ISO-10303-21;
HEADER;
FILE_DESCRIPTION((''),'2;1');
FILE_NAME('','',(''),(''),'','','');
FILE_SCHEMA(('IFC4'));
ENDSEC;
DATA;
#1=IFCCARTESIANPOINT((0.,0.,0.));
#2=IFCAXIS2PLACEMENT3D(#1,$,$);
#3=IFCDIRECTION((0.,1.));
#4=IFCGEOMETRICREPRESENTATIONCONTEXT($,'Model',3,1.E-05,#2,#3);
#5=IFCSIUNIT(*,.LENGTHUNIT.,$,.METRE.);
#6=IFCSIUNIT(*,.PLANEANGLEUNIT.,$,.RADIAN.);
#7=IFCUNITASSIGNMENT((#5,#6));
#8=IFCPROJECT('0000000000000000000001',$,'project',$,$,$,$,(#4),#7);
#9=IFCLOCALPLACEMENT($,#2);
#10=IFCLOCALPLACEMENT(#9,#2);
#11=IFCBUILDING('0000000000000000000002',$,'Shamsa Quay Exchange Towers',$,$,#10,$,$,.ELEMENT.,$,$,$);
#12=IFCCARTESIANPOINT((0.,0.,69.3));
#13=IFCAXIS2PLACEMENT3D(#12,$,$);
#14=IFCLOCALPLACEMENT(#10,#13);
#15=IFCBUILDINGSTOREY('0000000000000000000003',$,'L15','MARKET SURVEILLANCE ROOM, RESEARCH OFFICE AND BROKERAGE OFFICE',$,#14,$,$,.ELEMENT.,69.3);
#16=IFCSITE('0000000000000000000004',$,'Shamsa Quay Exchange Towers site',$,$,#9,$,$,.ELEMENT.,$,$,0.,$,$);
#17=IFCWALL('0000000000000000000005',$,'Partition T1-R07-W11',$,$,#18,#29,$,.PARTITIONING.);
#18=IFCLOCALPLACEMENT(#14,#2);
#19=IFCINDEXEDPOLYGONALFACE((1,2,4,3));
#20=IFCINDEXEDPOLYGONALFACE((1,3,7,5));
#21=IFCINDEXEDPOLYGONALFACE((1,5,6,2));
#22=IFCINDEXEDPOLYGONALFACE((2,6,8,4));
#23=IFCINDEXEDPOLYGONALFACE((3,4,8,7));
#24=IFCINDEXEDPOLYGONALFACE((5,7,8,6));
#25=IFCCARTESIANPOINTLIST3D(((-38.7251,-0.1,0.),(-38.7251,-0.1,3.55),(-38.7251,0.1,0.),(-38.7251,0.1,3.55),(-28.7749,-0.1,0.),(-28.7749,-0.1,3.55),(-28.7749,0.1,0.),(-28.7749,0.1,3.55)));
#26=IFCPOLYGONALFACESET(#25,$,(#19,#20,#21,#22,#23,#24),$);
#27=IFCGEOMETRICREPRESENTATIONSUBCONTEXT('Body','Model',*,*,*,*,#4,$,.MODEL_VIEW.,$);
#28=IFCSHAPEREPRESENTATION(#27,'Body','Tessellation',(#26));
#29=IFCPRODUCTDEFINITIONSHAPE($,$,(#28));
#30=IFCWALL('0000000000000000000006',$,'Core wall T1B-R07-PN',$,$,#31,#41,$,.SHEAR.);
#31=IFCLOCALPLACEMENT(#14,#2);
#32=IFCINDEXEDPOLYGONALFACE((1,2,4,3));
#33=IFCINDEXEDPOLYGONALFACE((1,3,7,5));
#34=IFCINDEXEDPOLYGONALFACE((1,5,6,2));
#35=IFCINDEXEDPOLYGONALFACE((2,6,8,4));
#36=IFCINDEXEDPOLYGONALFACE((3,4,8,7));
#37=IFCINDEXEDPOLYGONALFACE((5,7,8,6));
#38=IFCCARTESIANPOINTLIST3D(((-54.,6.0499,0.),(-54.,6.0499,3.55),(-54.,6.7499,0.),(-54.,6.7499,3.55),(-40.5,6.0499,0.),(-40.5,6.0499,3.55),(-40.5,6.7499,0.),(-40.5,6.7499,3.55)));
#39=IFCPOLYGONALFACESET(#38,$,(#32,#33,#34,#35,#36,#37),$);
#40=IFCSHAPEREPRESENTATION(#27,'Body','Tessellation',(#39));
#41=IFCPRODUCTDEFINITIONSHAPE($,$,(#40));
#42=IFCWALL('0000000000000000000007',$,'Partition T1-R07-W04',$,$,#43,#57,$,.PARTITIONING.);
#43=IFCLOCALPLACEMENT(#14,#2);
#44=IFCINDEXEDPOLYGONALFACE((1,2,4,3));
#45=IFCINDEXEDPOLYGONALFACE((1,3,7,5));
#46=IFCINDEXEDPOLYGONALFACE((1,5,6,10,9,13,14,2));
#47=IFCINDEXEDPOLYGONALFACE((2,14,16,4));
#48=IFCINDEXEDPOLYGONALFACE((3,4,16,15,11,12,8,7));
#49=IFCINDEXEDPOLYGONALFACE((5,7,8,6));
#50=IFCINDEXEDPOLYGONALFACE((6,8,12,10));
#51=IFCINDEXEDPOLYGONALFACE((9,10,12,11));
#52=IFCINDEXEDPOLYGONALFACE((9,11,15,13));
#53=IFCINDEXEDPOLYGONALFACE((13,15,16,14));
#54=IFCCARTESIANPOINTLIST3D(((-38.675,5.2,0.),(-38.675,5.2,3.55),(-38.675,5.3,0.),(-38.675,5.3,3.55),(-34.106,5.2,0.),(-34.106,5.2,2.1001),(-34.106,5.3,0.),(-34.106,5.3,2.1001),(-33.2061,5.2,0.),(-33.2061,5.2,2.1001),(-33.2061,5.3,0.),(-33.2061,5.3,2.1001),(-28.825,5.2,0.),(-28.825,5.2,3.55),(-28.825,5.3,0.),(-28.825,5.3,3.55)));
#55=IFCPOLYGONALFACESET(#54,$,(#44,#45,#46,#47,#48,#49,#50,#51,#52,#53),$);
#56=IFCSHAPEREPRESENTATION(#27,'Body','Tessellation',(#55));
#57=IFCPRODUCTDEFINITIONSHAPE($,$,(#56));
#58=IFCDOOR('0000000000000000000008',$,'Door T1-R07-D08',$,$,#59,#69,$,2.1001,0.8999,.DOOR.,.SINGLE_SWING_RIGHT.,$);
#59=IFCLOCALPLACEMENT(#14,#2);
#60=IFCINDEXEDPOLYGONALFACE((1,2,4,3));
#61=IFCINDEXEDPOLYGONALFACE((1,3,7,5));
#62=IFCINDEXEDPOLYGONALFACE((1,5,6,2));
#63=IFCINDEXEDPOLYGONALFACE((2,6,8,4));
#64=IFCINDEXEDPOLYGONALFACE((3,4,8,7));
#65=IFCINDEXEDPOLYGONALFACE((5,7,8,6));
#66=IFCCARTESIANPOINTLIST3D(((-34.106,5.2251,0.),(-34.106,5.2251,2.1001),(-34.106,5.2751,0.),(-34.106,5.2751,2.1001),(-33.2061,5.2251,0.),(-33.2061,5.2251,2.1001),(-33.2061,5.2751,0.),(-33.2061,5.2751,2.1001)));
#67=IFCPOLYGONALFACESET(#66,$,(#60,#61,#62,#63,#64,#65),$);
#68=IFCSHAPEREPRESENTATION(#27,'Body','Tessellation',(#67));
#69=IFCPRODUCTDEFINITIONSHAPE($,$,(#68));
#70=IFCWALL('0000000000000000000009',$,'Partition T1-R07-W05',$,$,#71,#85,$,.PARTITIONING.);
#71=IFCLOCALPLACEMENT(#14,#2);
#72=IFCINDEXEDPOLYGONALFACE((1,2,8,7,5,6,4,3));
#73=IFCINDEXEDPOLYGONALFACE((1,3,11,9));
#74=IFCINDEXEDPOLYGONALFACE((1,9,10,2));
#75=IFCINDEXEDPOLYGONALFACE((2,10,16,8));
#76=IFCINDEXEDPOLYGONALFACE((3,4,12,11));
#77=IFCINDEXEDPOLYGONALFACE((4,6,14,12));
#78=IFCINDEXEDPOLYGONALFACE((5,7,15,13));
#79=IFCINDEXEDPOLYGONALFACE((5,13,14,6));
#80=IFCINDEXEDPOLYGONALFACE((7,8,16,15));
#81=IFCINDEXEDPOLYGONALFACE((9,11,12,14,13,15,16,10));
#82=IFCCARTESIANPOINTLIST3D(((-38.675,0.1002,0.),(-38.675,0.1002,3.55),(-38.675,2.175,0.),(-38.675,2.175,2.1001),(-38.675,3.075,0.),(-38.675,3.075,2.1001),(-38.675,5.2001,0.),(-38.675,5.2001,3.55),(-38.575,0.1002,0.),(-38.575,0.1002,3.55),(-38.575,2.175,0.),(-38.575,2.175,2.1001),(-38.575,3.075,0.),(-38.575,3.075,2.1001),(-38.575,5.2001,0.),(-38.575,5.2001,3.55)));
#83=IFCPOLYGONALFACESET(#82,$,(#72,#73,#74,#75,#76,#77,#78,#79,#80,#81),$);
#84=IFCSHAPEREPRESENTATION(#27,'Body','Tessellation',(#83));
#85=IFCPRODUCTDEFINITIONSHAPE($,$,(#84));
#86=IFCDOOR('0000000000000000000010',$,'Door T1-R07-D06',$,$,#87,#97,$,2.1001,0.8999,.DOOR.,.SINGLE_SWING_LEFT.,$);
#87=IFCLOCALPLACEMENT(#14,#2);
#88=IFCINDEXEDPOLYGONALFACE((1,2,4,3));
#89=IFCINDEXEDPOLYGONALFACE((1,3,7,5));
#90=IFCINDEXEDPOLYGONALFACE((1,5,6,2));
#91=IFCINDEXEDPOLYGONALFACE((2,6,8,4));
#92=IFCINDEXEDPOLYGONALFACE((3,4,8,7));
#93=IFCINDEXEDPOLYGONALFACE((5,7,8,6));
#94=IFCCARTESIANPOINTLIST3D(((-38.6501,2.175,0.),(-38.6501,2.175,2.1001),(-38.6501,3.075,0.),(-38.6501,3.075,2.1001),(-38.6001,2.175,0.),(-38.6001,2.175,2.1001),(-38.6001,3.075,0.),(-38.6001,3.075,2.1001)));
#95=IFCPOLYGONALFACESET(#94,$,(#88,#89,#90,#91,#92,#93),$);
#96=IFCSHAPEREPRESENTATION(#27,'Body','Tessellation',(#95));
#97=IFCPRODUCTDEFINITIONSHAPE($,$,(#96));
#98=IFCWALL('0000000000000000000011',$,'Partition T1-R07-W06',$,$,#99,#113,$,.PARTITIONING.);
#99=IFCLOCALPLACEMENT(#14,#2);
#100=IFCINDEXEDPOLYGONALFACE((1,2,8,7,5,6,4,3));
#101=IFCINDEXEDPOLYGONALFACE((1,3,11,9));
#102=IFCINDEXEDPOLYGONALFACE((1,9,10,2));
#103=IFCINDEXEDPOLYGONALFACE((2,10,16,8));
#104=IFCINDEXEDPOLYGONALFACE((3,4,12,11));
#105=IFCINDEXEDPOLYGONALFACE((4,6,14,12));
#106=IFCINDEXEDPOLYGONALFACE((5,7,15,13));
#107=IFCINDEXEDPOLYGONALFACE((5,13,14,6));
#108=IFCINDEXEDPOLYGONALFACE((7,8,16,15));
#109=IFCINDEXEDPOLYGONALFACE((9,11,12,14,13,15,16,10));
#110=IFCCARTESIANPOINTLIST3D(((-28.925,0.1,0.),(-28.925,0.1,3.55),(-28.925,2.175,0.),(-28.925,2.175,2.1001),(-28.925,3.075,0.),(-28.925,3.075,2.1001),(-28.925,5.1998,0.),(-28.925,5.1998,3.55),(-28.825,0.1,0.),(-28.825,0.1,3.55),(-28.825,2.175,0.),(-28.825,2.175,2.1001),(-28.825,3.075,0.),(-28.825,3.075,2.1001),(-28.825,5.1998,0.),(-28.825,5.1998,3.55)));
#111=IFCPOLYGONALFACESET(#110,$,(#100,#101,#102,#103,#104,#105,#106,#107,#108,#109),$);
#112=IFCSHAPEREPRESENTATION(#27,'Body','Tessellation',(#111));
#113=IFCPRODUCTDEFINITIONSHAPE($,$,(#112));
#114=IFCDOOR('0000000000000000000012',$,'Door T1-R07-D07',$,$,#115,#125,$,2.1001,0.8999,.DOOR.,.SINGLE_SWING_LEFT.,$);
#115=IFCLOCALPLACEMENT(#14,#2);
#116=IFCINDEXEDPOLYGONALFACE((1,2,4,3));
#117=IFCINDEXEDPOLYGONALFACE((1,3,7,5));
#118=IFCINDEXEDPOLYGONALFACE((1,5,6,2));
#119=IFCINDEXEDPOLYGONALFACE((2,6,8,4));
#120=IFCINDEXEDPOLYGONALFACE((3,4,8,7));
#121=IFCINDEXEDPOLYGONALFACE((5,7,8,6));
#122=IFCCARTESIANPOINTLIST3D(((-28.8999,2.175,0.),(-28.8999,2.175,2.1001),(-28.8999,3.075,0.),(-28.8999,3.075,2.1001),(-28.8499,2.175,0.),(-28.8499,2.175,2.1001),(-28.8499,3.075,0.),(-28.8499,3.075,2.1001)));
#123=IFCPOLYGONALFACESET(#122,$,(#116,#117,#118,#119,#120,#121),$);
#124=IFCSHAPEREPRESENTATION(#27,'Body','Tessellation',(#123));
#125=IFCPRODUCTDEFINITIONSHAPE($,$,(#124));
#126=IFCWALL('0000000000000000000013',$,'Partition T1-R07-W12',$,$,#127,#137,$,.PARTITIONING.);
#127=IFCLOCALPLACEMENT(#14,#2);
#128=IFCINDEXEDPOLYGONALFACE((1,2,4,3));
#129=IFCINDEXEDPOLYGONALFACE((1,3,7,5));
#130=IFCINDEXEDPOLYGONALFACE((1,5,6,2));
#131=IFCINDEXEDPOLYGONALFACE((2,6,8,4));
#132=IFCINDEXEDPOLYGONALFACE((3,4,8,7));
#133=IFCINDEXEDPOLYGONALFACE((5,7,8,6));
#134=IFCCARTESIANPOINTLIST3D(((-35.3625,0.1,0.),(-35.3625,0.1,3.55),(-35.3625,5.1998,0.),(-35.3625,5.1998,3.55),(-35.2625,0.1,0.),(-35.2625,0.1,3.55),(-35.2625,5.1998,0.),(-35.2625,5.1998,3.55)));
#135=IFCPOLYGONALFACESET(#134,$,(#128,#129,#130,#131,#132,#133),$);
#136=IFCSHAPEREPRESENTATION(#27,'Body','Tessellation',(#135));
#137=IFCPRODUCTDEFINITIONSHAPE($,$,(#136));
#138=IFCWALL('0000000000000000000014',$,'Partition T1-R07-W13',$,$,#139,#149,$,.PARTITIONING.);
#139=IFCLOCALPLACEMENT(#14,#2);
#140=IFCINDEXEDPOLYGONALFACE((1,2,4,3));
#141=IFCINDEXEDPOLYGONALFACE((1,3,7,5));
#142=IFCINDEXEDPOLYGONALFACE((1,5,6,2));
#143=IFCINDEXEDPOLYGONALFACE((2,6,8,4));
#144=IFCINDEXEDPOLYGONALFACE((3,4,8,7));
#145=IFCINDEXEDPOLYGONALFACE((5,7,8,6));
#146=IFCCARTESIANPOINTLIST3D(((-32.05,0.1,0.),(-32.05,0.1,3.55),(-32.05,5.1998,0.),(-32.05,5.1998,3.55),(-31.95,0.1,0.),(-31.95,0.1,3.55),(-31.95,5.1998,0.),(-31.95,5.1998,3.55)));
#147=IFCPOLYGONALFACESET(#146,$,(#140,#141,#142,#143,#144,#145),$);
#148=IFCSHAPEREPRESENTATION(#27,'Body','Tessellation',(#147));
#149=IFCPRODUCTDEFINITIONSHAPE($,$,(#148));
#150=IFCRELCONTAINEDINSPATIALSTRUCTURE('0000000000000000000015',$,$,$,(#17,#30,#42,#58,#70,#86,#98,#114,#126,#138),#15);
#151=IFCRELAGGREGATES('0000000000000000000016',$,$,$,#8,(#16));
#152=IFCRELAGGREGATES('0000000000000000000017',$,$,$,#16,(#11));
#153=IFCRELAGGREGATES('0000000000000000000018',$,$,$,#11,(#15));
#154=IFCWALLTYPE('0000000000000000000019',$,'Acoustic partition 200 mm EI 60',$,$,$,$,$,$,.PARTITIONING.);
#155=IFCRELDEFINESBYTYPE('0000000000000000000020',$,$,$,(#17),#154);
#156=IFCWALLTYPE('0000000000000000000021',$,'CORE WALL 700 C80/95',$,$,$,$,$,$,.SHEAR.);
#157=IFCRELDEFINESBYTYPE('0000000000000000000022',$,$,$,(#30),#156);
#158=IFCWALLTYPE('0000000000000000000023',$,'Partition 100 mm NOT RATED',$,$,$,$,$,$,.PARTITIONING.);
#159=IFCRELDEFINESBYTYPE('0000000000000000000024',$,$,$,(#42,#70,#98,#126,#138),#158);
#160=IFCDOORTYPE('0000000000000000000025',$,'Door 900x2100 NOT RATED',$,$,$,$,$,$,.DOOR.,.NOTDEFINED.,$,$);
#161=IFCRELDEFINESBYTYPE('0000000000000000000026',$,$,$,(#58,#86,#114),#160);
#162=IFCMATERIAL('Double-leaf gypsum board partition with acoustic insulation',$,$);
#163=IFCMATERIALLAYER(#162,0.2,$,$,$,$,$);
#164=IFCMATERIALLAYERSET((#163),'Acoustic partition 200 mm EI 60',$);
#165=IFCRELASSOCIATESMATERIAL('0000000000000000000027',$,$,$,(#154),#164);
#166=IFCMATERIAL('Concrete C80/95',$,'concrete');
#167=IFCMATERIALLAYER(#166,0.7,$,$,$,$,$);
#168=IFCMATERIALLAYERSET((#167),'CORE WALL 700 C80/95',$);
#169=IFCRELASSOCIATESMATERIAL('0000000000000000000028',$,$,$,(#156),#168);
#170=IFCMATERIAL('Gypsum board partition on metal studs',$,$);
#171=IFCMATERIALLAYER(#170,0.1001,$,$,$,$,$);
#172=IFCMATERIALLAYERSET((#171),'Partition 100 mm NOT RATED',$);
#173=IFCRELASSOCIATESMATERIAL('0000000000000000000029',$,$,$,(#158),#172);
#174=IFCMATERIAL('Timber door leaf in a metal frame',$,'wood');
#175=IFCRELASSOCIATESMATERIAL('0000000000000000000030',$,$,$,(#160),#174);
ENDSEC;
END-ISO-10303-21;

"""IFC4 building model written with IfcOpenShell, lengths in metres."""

from ifc_helpers import new_model, si_unit, direction, frame, frame_2d, origin, place, context, subcontext, project, spatial, rectangle, extrude, material, layer, layer_set, type_object, element, fill, save


model = new_model("IFC4")

# Units and contexts
model_context = context("Model", 3, precision=1e-05, world=origin(), true_north=direction((0.0, 1.0)))
body_context = subcontext(model_context, "Body", "Model", "MODEL_VIEW")
ifc_project = project(units=[si_unit("LENGTHUNIT", "METRE"), si_unit("PLANEANGLEUNIT", "RADIAN")], contexts=[model_context])

# Site, building, storey
site_placement = place(None, origin())
site = spatial("IfcSite", under=ifc_project, at=site_placement, Name="Shamsa Quay Exchange Towers site", CompositionType="ELEMENT", RefElevation=0.0)
building_placement = place(site_placement, origin())
building = spatial("IfcBuilding", under=site, at=building_placement, Name="Shamsa Quay Exchange Towers", CompositionType="ELEMENT")
storey_placement = place(building_placement, frame((0.0, 0.0, 69.3)))
storey = spatial("IfcBuildingStorey", under=building, at=storey_placement, Name="L15", Description="MARKET SURVEILLANCE ROOM, RESEARCH OFFICE AND BROKERAGE OFFICE", CompositionType="ELEMENT", Elevation=69.3)

# Walls
ifc_material_1 = material(Name="Double-leaf gypsum board partition with acoustic insulation")
ifc_layer_1 = layer(ifc_material_1, 0.2)
ifc_layer_set_1 = layer_set([ifc_layer_1], Name="Acoustic partition 200 mm EI 60")
wall_type_1 = type_object("IfcWallType", Name="Acoustic partition 200 mm EI 60", PredefinedType="PARTITIONING", material=ifc_layer_set_1)
wall_1_placement = place(storey_placement, frame((-28.7749, 0.0, 0.0), z_axis=(0.0, 0.0, 1.0), x_axis=(-1.0, 0.0, 0.0)))
element("IfcWall", 1, at=wall_1_placement, inside=storey, type_object=wall_type_1, Name="Partition T1-R07-W11", PredefinedType="PARTITIONING", context=body_context, shape_type="SweptSolid", body=[
    extrude(rectangle(XDim=9.9502, YDim=0.2, at=frame_2d((4.9751, 0.0))), origin(), (0.0, 0.0, 1.0), 3.55),
])
ifc_material_2 = material(Name="Concrete C80/95", Category="concrete")
ifc_layer_2 = layer(ifc_material_2, 0.7)
ifc_layer_set_2 = layer_set([ifc_layer_2], Name="CORE WALL 700 C80/95")
wall_type_2 = type_object("IfcWallType", Name="CORE WALL 700 C80/95", PredefinedType="SHEAR", material=ifc_layer_set_2)
wall_2_placement = place(storey_placement, frame((-40.5, 6.3999, 0.0), z_axis=(0.0, 0.0, 1.0), x_axis=(-1.0, 0.0, 0.0)))
element("IfcWall", 2, at=wall_2_placement, inside=storey, type_object=wall_type_2, Name="Core wall T1B-R07-PN", PredefinedType="SHEAR", context=body_context, shape_type="SweptSolid", body=[
    extrude(rectangle(XDim=13.5, YDim=0.7, at=frame_2d((6.75, 0.0))), origin(), (0.0, 0.0, 1.0), 3.55),
])

# Walls, openings, doors
ifc_material_3 = material(Name="Gypsum board partition on metal studs")
ifc_layer_3 = layer(ifc_material_3, 0.1001)
ifc_layer_set_3 = layer_set([ifc_layer_3], Name="Partition 100 mm NOT RATED")
wall_type_3 = type_object("IfcWallType", Name="Partition 100 mm NOT RATED", PredefinedType="PARTITIONING", material=ifc_layer_set_3)
wall_3_placement = place(storey_placement, frame((-28.825, 5.25, 0.0), z_axis=(0.0, 0.0, 1.0), x_axis=(-1.0, 0.0, 0.0)))
wall_3 = element("IfcWall", 3, at=wall_3_placement, inside=storey, type_object=wall_type_3, Name="Partition T1-R07-W04", PredefinedType="PARTITIONING", context=body_context, shape_type="SweptSolid", body=[
    extrude(rectangle(XDim=9.8501, YDim=0.1001, at=frame_2d((4.925, 0.0))), origin(), (0.0, 0.0, 1.0), 3.55),
])
opening_1_placement = place(wall_3_placement, frame((4.3811, 0.0, 0.0)))
opening_1 = element("IfcOpeningElement", 4, at=opening_1_placement, cuts=wall_3, PredefinedType="OPENING", context=body_context, shape_type="SweptSolid", body=[
    extrude(rectangle(XDim=0.8999, YDim=2.1001, at=frame_2d((0.45, 1.05))), frame((0.0, 0.0601, 0.0), z_axis=(0.0, -1.0, 0.0), x_axis=(1.0, 0.0, 0.0)), (0.0, 0.0, 1.0), 0.1201),
])
ifc_material_4 = material(Name="Timber door leaf in a metal frame", Category="wood")
door_type_1 = type_object("IfcDoorType", Name="Door 900x2100 NOT RATED", OperationType="NOTDEFINED", PredefinedType="DOOR", material=ifc_material_4)
door_1_placement = place(opening_1_placement, origin())
door_1 = element("IfcDoor", 5, at=door_1_placement, inside=storey, type_object=door_type_1, Name="Door T1-R07-D08", OperationType="SINGLE_SWING_RIGHT", OverallHeight=2.1001, OverallWidth=0.8999, PredefinedType="DOOR", context=body_context, shape_type="SweptSolid", body=[
    extrude(rectangle(XDim=0.8999, YDim=2.1001, at=frame_2d((0.45, 1.05))), frame((0.0, 0.0249, 0.0), z_axis=(0.0, -1.0, 0.0), x_axis=(1.0, 0.0, 0.0)), (0.0, 0.0, 1.0), 0.05),
])
fill(opening_1, door_1)
wall_4_placement = place(storey_placement, frame((-38.625, 5.2, 0.0), z_axis=(0.0, 0.0, 1.0), x_axis=(0.0, -1.0, 0.0)))
wall_4 = element("IfcWall", 6, at=wall_4_placement, inside=storey, type_object=wall_type_3, Name="Partition T1-R07-W05", PredefinedType="PARTITIONING", context=body_context, shape_type="SweptSolid", body=[
    extrude(rectangle(XDim=5.0999, YDim=0.1001, at=frame_2d((2.5498, 0.0))), origin(), (0.0, 0.0, 1.0), 3.55),
])
opening_2_placement = place(wall_4_placement, frame((2.125, 0.0, 0.0)))
opening_2 = element("IfcOpeningElement", 7, at=opening_2_placement, cuts=wall_4, PredefinedType="OPENING", context=body_context, shape_type="SweptSolid", body=[
    extrude(rectangle(XDim=0.8999, YDim=2.1001, at=frame_2d((0.45, 1.05))), frame((0.0, 0.0601, 0.0), z_axis=(0.0, -1.0, 0.0), x_axis=(1.0, 0.0, 0.0)), (0.0, 0.0, 1.0), 0.1201),
])
door_2_placement = place(opening_2_placement, origin())
door_2 = element("IfcDoor", 8, at=door_2_placement, inside=storey, type_object=door_type_1, Name="Door T1-R07-D06", OperationType="SINGLE_SWING_LEFT", OverallHeight=2.1001, OverallWidth=0.8999, PredefinedType="DOOR", context=body_context, shape_type="SweptSolid", body=[
    extrude(rectangle(XDim=0.8999, YDim=2.1001, at=frame_2d((0.45, 1.05))), frame((0.0, 0.0249, 0.0), z_axis=(0.0, -1.0, 0.0), x_axis=(1.0, 0.0, 0.0)), (0.0, 0.0, 1.0), 0.05),
])
fill(opening_2, door_2)
wall_5_placement = place(storey_placement, frame((-28.875, 0.1001, 0.0), z_axis=(0.0, 0.0, 1.0), x_axis=(0.0, 1.0, 0.0)))
wall_5 = element("IfcWall", 9, at=wall_5_placement, inside=storey, type_object=wall_type_3, Name="Partition T1-R07-W06", PredefinedType="PARTITIONING", context=body_context, shape_type="SweptSolid", body=[
    extrude(rectangle(XDim=5.0999, YDim=0.1001, at=frame_2d((2.5498, 0.0))), origin(), (0.0, 0.0, 1.0), 3.55),
])
opening_3_placement = place(wall_5_placement, frame((2.075, 0.0, 0.0)))
opening_3 = element("IfcOpeningElement", 10, at=opening_3_placement, cuts=wall_5, PredefinedType="OPENING", context=body_context, shape_type="SweptSolid", body=[
    extrude(rectangle(XDim=0.8999, YDim=2.1001, at=frame_2d((0.45, 1.05))), frame((0.0, 0.0601, 0.0), z_axis=(0.0, -1.0, 0.0), x_axis=(1.0, 0.0, 0.0)), (0.0, 0.0, 1.0), 0.1201),
])
door_3_placement = place(opening_3_placement, origin())
door_3 = element("IfcDoor", 11, at=door_3_placement, inside=storey, type_object=door_type_1, Name="Door T1-R07-D07", OperationType="SINGLE_SWING_LEFT", OverallHeight=2.1001, OverallWidth=0.8999, PredefinedType="DOOR", context=body_context, shape_type="SweptSolid", body=[
    extrude(rectangle(XDim=0.8999, YDim=2.1001, at=frame_2d((0.45, 1.05))), frame((0.0, 0.0249, 0.0), z_axis=(0.0, -1.0, 0.0), x_axis=(1.0, 0.0, 0.0)), (0.0, 0.0, 1.0), 0.05),
])
fill(opening_3, door_3)

# Walls
for number, where, z_axis, x_axis, name in (
    (12, (-35.3125, 0.1001, 0.0), (0.0, 0.0, 1.0), (0.0, 1.0, 0.0), "Partition T1-R07-W12"),
    (13, (-32.0, 0.1001, 0.0), (0.0, 0.0, 1.0), (0.0, 1.0, 0.0), "Partition T1-R07-W13"),
):
    element("IfcWall", number, at=place(storey_placement, frame(where, z_axis=z_axis, x_axis=x_axis)), inside=storey, type_object=wall_type_3, Name=name, PredefinedType="PARTITIONING", context=body_context, shape_type="SweptSolid", body=[
        extrude(rectangle(XDim=5.0999, YDim=0.1001, at=frame_2d((2.5498, 0.0))), origin(), (0.0, 0.0, 1.0), 3.55),
    ])

save(model, "model.ifc")
